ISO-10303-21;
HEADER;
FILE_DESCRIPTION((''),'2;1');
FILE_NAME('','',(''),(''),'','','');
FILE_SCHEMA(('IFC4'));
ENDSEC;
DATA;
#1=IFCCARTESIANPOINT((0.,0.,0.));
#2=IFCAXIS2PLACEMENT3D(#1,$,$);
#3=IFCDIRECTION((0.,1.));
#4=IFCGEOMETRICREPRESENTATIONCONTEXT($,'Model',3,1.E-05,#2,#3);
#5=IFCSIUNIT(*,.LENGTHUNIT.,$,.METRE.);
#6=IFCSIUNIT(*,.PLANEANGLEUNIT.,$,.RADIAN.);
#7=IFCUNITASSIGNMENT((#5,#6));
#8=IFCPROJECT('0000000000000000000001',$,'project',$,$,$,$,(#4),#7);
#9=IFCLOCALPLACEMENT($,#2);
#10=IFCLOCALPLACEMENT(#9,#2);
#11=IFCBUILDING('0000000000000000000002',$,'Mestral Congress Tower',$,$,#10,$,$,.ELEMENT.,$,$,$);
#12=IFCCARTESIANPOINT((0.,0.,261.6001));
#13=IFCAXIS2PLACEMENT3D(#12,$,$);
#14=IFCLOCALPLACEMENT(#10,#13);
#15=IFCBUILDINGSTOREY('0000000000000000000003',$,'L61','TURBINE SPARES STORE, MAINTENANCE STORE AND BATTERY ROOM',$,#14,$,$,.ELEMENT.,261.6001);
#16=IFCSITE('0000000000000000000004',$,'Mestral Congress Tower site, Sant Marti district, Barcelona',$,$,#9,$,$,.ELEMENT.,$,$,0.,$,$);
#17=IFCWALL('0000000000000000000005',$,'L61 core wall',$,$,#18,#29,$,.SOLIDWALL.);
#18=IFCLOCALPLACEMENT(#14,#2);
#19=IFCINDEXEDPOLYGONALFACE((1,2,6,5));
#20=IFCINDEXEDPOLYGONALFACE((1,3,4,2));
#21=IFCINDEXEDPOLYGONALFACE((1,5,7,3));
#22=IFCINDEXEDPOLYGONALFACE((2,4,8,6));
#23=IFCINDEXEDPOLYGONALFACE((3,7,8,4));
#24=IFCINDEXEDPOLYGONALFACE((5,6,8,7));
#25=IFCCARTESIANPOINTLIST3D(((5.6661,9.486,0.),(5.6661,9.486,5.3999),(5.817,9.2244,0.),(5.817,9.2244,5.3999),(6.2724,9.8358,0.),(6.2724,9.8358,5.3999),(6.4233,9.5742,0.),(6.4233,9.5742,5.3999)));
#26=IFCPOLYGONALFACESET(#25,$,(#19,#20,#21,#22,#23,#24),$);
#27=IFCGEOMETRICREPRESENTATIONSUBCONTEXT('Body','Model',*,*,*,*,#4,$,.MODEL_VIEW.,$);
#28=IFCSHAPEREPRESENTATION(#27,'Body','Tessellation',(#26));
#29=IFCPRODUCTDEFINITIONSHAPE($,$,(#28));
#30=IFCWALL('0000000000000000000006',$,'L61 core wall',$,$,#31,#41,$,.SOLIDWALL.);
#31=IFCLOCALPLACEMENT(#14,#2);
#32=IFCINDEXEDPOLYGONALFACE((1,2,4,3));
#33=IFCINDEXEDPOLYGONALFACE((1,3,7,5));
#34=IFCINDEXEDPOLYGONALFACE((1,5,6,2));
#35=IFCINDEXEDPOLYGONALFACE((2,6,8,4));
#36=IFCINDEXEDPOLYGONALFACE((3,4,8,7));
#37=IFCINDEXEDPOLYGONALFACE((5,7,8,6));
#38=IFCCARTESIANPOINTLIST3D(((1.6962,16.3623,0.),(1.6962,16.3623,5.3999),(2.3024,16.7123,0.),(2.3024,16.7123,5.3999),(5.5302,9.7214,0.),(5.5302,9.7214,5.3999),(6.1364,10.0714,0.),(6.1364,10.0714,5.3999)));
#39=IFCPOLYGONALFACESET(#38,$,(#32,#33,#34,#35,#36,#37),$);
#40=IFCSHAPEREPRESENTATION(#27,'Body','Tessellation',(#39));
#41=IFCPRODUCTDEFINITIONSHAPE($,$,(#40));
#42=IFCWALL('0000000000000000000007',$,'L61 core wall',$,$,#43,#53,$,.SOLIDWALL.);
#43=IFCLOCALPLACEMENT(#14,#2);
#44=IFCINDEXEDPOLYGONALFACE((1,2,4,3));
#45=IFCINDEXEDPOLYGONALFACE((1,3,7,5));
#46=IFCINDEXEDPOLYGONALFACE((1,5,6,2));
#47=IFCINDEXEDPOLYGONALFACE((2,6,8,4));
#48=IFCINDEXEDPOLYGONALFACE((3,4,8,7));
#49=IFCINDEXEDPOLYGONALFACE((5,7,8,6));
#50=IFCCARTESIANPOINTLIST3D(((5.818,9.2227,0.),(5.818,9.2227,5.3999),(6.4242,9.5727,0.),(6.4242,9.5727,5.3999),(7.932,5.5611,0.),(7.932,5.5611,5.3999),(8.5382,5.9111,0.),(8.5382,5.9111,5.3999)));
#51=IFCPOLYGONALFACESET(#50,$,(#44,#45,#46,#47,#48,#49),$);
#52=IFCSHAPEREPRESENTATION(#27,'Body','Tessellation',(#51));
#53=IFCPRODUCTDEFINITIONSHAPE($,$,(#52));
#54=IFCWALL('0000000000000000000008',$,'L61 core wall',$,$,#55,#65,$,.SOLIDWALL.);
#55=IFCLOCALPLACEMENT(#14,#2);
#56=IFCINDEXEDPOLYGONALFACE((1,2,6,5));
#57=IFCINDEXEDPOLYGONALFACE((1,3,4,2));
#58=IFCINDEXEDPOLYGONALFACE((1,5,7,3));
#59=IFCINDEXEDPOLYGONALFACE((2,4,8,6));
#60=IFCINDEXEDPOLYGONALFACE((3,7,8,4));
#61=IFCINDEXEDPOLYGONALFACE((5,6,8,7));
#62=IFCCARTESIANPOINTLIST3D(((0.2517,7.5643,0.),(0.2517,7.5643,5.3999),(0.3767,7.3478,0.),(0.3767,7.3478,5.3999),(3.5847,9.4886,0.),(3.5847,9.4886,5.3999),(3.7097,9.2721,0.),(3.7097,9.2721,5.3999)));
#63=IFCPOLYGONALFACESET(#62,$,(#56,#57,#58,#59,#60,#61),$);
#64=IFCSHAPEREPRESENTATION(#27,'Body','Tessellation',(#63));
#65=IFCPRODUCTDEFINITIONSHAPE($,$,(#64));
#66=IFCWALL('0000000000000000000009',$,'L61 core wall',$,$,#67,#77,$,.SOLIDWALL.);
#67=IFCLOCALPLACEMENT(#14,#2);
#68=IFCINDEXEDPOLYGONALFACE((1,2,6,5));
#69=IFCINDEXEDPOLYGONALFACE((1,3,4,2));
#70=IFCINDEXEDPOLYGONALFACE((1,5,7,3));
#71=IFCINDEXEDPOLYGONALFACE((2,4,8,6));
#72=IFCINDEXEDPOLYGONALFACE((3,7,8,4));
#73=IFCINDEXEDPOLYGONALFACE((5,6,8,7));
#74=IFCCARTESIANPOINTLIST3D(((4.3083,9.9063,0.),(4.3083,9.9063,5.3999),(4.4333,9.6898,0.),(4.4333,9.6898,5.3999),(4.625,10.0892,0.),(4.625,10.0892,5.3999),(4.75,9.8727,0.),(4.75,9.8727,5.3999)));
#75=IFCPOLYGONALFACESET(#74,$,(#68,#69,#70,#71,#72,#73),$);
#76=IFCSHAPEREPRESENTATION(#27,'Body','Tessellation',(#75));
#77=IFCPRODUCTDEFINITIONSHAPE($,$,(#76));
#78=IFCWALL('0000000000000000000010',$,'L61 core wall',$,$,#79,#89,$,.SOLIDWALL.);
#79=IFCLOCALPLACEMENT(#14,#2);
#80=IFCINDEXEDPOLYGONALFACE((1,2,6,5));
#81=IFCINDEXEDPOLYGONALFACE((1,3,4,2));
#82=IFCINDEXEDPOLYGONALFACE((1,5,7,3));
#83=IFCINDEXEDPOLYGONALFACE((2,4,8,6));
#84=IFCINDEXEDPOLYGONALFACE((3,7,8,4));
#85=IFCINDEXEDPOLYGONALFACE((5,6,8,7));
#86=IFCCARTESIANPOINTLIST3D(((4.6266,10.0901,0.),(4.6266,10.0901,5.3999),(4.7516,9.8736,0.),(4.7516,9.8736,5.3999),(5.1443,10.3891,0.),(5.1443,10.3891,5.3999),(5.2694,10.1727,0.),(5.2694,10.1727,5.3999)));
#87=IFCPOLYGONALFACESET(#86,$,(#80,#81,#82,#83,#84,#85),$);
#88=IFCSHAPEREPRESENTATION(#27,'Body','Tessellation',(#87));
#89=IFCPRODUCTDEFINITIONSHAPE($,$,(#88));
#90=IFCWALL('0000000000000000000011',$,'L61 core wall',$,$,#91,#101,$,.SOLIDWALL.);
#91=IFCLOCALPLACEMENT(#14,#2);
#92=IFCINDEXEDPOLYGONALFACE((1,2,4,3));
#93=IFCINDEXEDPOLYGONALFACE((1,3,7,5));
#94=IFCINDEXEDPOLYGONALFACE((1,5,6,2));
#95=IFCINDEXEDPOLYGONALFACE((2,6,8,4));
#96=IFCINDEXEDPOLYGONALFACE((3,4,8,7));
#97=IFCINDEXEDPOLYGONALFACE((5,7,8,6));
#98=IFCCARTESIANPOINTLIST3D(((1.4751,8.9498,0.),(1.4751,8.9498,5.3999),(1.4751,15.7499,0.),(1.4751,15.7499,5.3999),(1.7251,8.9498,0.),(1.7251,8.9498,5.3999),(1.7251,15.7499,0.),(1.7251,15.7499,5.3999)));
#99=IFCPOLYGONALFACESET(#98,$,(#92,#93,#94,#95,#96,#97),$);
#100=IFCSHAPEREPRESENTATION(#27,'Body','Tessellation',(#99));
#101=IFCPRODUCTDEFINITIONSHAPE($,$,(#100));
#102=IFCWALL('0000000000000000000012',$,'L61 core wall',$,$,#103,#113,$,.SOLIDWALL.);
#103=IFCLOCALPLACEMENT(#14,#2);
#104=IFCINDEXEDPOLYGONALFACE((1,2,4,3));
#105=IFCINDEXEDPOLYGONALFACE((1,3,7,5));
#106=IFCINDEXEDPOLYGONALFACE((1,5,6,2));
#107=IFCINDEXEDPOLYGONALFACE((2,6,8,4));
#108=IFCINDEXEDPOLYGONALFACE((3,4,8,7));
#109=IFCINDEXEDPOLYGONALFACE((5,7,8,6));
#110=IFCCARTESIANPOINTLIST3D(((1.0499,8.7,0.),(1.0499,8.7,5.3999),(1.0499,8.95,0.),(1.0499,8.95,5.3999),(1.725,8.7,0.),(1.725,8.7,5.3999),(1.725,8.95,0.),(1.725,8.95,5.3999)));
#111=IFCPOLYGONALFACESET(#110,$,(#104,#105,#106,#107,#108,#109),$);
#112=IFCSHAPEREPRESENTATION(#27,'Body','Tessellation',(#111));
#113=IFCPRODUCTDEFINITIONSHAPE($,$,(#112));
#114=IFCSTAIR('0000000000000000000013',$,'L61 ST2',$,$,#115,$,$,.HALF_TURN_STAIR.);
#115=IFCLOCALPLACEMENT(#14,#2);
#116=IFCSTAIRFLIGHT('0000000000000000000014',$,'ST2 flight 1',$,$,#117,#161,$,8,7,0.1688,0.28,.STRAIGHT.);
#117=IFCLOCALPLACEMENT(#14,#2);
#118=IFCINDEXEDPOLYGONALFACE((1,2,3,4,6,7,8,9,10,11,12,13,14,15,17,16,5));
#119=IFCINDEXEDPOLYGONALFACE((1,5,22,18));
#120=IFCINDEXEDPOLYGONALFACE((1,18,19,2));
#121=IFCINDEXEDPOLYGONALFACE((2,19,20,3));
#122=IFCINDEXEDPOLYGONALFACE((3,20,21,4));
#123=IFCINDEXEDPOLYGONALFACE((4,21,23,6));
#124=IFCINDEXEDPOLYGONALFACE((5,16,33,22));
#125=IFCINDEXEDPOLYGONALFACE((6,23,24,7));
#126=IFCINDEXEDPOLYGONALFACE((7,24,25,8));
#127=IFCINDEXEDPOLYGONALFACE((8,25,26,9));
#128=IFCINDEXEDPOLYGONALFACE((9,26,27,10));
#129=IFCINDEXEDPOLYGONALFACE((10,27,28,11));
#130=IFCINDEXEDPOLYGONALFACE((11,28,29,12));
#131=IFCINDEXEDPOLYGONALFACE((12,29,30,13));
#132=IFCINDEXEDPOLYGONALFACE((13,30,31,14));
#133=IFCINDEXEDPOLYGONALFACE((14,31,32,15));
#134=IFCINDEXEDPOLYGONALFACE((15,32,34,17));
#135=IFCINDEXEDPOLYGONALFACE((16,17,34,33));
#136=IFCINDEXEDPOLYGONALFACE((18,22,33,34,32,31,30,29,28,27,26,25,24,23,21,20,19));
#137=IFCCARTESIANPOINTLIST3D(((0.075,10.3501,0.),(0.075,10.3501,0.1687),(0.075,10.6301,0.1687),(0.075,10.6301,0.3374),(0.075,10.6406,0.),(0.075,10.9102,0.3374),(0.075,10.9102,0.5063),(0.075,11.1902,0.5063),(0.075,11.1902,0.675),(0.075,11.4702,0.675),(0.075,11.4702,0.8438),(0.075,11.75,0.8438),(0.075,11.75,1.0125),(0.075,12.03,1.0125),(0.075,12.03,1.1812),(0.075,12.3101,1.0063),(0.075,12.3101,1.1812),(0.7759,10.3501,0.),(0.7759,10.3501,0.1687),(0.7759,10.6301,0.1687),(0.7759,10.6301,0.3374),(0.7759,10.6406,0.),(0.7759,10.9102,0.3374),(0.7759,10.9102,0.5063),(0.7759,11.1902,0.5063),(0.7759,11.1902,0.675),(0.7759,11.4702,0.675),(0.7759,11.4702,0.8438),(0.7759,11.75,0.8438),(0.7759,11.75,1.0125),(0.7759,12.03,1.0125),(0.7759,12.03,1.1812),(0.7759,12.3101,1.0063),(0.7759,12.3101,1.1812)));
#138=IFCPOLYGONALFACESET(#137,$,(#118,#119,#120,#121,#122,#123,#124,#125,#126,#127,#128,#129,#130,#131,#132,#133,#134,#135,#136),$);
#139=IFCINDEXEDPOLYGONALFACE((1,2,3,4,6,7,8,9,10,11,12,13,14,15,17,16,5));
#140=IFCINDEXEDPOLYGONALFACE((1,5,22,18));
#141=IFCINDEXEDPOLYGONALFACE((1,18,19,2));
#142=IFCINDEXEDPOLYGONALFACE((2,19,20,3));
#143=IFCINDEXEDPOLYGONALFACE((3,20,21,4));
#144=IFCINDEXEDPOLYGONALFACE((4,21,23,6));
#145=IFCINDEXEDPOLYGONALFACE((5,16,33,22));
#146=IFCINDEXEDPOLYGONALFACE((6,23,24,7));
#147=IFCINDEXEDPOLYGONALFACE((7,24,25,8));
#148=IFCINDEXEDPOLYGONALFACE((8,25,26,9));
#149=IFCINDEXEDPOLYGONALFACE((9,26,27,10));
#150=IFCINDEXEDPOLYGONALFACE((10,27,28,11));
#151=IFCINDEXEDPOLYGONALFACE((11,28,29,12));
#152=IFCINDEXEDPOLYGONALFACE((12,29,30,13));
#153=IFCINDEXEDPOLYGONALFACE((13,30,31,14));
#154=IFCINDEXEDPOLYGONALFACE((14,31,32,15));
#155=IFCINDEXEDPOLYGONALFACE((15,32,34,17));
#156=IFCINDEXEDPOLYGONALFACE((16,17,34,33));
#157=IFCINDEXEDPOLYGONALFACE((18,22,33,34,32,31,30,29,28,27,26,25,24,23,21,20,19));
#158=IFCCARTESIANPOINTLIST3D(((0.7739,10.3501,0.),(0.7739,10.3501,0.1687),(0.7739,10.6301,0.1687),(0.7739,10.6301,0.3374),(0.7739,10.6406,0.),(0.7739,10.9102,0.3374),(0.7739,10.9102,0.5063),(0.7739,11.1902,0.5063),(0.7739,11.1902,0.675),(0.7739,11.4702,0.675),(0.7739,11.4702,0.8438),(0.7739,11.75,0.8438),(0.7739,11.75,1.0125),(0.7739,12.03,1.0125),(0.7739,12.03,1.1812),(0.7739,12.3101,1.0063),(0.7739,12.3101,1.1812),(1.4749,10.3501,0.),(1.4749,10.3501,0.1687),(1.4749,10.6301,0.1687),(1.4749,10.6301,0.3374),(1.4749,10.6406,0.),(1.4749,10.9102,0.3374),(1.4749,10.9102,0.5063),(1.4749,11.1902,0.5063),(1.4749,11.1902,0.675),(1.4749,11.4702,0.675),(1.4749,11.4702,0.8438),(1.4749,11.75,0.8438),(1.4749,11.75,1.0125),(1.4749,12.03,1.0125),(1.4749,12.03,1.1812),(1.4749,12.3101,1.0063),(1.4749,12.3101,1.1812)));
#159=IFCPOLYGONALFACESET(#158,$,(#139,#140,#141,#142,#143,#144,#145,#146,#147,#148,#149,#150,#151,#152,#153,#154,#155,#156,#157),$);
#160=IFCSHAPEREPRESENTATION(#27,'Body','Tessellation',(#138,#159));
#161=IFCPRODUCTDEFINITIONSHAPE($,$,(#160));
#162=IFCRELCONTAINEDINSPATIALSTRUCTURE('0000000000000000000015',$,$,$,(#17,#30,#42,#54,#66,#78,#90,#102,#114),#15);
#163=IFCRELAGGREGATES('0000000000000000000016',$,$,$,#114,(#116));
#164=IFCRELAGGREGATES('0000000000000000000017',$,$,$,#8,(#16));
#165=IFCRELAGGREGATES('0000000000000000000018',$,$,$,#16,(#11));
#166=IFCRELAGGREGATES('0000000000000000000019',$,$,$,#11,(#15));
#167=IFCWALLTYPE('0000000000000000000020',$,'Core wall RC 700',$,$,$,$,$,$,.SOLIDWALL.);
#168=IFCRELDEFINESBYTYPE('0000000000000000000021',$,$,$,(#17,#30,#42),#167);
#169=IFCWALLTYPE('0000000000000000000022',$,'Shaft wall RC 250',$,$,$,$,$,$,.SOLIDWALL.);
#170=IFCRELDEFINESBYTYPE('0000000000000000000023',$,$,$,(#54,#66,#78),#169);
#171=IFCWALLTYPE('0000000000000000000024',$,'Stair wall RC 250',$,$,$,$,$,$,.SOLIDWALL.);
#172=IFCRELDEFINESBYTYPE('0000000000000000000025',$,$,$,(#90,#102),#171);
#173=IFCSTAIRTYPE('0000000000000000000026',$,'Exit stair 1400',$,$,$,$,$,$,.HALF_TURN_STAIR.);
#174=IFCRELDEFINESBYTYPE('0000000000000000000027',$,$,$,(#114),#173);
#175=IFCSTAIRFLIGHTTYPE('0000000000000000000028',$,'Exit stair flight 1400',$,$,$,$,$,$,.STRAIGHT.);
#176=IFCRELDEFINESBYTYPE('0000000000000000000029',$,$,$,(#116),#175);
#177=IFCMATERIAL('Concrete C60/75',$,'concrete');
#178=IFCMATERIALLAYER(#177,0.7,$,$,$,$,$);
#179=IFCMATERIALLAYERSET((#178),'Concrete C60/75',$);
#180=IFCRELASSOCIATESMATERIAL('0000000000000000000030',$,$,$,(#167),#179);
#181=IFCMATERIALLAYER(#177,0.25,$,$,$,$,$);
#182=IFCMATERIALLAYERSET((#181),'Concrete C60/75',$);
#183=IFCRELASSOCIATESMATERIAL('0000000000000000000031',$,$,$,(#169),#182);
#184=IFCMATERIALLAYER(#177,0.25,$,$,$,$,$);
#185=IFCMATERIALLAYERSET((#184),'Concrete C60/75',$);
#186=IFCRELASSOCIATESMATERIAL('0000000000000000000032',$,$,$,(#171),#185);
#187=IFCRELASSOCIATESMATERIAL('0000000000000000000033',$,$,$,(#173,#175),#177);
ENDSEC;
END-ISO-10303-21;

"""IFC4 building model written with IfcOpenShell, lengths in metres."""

from ifc_helpers import new_model, si_unit, direction, frame, frame_2d, origin, place, context, subcontext, project, spatial, polyline, rectangle, outline, extrude, material, layer, layer_set, type_object, element, aggregate, save


model = new_model("IFC4")

# Units and contexts
model_context = context("Model", 3, precision=1e-05, world=origin(), true_north=direction((0.0, 1.0)))
body_context = subcontext(model_context, "Body", "Model", "MODEL_VIEW")
ifc_project = project(units=[si_unit("LENGTHUNIT", "METRE"), si_unit("PLANEANGLEUNIT", "RADIAN")], contexts=[model_context])

# Site, building, storey
site_placement = place(None, origin())
site = spatial("IfcSite", under=ifc_project, at=site_placement, Name="Mestral Congress Tower site, Sant Marti district, Barcelona", CompositionType="ELEMENT", RefElevation=0.0)
building_placement = place(site_placement, origin())
building = spatial("IfcBuilding", under=site, at=building_placement, Name="Mestral Congress Tower", CompositionType="ELEMENT")
storey_placement = place(building_placement, frame((0.0, 0.0, 261.6001)))
storey = spatial("IfcBuildingStorey", under=building, at=storey_placement, Name="L61", Description="TURBINE SPARES STORE, MAINTENANCE STORE AND BATTERY ROOM", CompositionType="ELEMENT", Elevation=261.6001)

# Shared definitions
ifc_material_1 = material(Name="Concrete C60/75", Category="concrete")

# Shared definitions
placement = place(storey_placement, origin())

# Walls
ifc_layer_1 = layer(ifc_material_1, 0.7)
ifc_layer_set_1 = layer_set([ifc_layer_1], Name="Concrete C60/75")
wall_type_1 = type_object("IfcWallType", Name="Core wall RC 700", PredefinedType="SOLIDWALL", material=ifc_layer_set_1)
wall_1_placement = place(storey_placement, frame((6.1201, 9.3994, 0.0), z_axis=(0.0, 0.0, 1.0), x_axis=(-0.499792, 0.866145, 0.0)))
element("IfcWall", 1, at=wall_1_placement, inside=storey, type_object=wall_type_1, Name="L61 core wall", PredefinedType="SOLIDWALL", context=body_context, shape_type="SweptSolid", body=[
    extrude(rectangle(XDim=0.302, YDim=0.7, at=frame_2d((0.1509, 0.0))), origin(), (0.0, 0.0, 1.0), 5.3999),
])
wall_2_placement = place(storey_placement, frame((5.8333, 9.8965, 0.0), z_axis=(0.0, 0.0, 1.0), x_axis=(-0.499988, 0.866032, 0.0)))
element("IfcWall", 2, at=wall_2_placement, inside=storey, type_object=wall_type_1, Name="L61 core wall", PredefinedType="SOLIDWALL", context=body_context, shape_type="SweptSolid", body=[
    extrude(rectangle(XDim=7.6682, YDim=0.7, at=frame_2d((3.834, 0.0))), origin(), (0.0, 0.0, 1.0), 5.3999),
])
wall_3_placement = place(storey_placement, frame((6.1211, 9.3977, 0.0), z_axis=(0.0, 0.0, 1.0), x_axis=(0.499996, -0.866028, 0.0)))
element("IfcWall", 3, at=wall_3_placement, inside=storey, type_object=wall_type_1, Name="L61 core wall", PredefinedType="SOLIDWALL", context=body_context, shape_type="SweptSolid", body=[
    extrude(rectangle(XDim=4.228, YDim=0.7, at=frame_2d((2.114, 0.0))), origin(), (0.0, 0.0, 1.0), 5.3999),
])
ifc_layer_2 = layer(ifc_material_1, 0.25)
ifc_layer_set_2 = layer_set([ifc_layer_2], Name="Concrete C60/75")
wall_type_2 = type_object("IfcWallType", Name="Shaft wall RC 250", PredefinedType="SOLIDWALL", material=ifc_layer_set_2)
wall_4_placement = place(storey_placement, frame((3.6472, 9.3804, 0.0), z_axis=(0.0, 0.0, 1.0), x_axis=(-0.866025, -0.500001, 0.0)))
element("IfcWall", 4, at=wall_4_placement, inside=storey, type_object=wall_type_2, Name="L61 core wall", PredefinedType="SOLIDWALL", context=body_context, shape_type="SweptSolid", body=[
    extrude(rectangle(XDim=3.8486, YDim=0.25, at=frame_2d((1.9243, 0.0))), origin(), (0.0, 0.0, 1.0), 5.3999),
])
wall_5_placement = place(storey_placement, frame((4.6875, 9.981, 0.0), z_axis=(0.0, 0.0, 1.0), x_axis=(-0.865974, -0.500088, 0.0)))
element("IfcWall", 5, at=wall_5_placement, inside=storey, type_object=wall_type_2, Name="L61 core wall", PredefinedType="SOLIDWALL", context=body_context, shape_type="SweptSolid", body=[
    extrude(rectangle(XDim=0.3657, YDim=0.25, at=frame_2d((0.1829, 0.0))), origin(), (0.0, 0.0, 1.0), 5.3999),
])
wall_6_placement = place(storey_placement, frame((4.6892, 9.9819, 0.0), z_axis=(0.0, 0.0, 1.0), x_axis=(0.865948, 0.500135, 0.0)))
element("IfcWall", 6, at=wall_6_placement, inside=storey, type_object=wall_type_2, Name="L61 core wall", PredefinedType="SOLIDWALL", context=body_context, shape_type="SweptSolid", body=[
    extrude(rectangle(XDim=0.5979, YDim=0.25, at=frame_2d((0.2988, 0.0))), origin(), (0.0, 0.0, 1.0), 5.3999),
])
ifc_layer_3 = layer(ifc_material_1, 0.25)
ifc_layer_set_3 = layer_set([ifc_layer_3], Name="Concrete C60/75")
wall_type_3 = type_object("IfcWallType", Name="Stair wall RC 250", PredefinedType="SOLIDWALL", material=ifc_layer_set_3)
wall_7_placement = place(storey_placement, frame((1.6001, 8.95, 0.0), z_axis=(0.0, 0.0, 1.0), x_axis=(0.0, 1.0, 0.0)))
element("IfcWall", 7, at=wall_7_placement, inside=storey, type_object=wall_type_3, Name="L61 core wall", PredefinedType="SOLIDWALL", context=body_context, shape_type="SweptSolid", body=[
    extrude(rectangle(XDim=6.8, YDim=0.25, at=frame_2d((3.3999, 0.0))), origin(), (0.0, 0.0, 1.0), 5.3999),
])
wall_8_placement = place(storey_placement, frame((1.05, 8.825, 0.0), z_axis=(0.0, 0.0, 1.0), x_axis=(1.0, 0.0, 0.0)))
element("IfcWall", 8, at=wall_8_placement, inside=storey, type_object=wall_type_3, Name="L61 core wall", PredefinedType="SOLIDWALL", context=body_context, shape_type="SweptSolid", body=[
    extrude(rectangle(XDim=0.675, YDim=0.25, at=frame_2d((0.3374, 0.0))), origin(), (0.0, 0.0, 1.0), 5.3999),
])

# Stair, stair flight
stair_type = type_object("IfcStairType", Name="Exit stair 1400", PredefinedType="HALF_TURN_STAIR", material=ifc_material_1)
stair = element("IfcStair", 9, at=placement, inside=storey, type_object=stair_type, Name="L61 ST2", PredefinedType="HALF_TURN_STAIR")
stair_flight_type = type_object("IfcStairFlightType", Name="Exit stair flight 1400", PredefinedType="STRAIGHT", material=ifc_material_1)
stair_flight_1_placement = place(storey_placement, frame((0.7749, 10.3501, 0.0), z_axis=(0.0, 0.0, 1.0), x_axis=(0.0, 1.0, 0.0)))
stair_flight_1 = element("IfcStairFlight", 10, at=stair_flight_1_placement, type_object=stair_flight_type, Name="ST2 flight 1", NumberOfRisers=8, NumberOfTreads=7, PredefinedType="STRAIGHT", RiserHeight=0.1688, TreadLength=0.28, context=body_context, shape_type="SweptSolid", body=[
    extrude(outline(polyline([(0.0, 0.0), (0.0, 0.1687), (0.28, 0.1687), (0.28, 0.3374), (0.5601, 0.3374), (0.5601, 0.5063), (0.8401, 0.5063), (0.8401, 0.675), (1.1201, 0.675), (1.1201, 0.8438), (1.3999, 0.8438), (1.3999, 1.0125), (1.6799, 1.0125), (1.6799, 1.1812), (1.96, 1.1812), (1.96, 1.3501), (1.96, 1.0063), (0.2905, 0.0), (0.0, 0.0)])), frame((0.0, 0.7, 0.0), z_axis=(0.0, -1.0, 0.0), x_axis=(1.0, 0.0, 0.0)), (0.0, 0.0, 1.0), 0.7009),
    extrude(outline(polyline([(0.0, 0.0), (0.0, 0.1687), (0.28, 0.1687), (0.28, 0.3374), (0.5601, 0.3374), (0.5601, 0.5063), (0.8401, 0.5063), (0.8401, 0.675), (1.1201, 0.675), (1.1201, 0.8438), (1.3999, 0.8438), (1.3999, 1.0125), (1.6799, 1.0125), (1.6799, 1.1812), (1.96, 1.1812), (1.96, 1.3501), (1.96, 1.0063), (0.2905, 0.0), (0.0, 0.0)])), frame((0.0, 0.001, 0.0), z_axis=(0.0, -1.0, 0.0), x_axis=(1.0, 0.0, 0.0)), (0.0, 0.0, 1.0), 0.7009),
])
aggregate(stair, [stair_flight_1])

save(model, "model.ifc")
